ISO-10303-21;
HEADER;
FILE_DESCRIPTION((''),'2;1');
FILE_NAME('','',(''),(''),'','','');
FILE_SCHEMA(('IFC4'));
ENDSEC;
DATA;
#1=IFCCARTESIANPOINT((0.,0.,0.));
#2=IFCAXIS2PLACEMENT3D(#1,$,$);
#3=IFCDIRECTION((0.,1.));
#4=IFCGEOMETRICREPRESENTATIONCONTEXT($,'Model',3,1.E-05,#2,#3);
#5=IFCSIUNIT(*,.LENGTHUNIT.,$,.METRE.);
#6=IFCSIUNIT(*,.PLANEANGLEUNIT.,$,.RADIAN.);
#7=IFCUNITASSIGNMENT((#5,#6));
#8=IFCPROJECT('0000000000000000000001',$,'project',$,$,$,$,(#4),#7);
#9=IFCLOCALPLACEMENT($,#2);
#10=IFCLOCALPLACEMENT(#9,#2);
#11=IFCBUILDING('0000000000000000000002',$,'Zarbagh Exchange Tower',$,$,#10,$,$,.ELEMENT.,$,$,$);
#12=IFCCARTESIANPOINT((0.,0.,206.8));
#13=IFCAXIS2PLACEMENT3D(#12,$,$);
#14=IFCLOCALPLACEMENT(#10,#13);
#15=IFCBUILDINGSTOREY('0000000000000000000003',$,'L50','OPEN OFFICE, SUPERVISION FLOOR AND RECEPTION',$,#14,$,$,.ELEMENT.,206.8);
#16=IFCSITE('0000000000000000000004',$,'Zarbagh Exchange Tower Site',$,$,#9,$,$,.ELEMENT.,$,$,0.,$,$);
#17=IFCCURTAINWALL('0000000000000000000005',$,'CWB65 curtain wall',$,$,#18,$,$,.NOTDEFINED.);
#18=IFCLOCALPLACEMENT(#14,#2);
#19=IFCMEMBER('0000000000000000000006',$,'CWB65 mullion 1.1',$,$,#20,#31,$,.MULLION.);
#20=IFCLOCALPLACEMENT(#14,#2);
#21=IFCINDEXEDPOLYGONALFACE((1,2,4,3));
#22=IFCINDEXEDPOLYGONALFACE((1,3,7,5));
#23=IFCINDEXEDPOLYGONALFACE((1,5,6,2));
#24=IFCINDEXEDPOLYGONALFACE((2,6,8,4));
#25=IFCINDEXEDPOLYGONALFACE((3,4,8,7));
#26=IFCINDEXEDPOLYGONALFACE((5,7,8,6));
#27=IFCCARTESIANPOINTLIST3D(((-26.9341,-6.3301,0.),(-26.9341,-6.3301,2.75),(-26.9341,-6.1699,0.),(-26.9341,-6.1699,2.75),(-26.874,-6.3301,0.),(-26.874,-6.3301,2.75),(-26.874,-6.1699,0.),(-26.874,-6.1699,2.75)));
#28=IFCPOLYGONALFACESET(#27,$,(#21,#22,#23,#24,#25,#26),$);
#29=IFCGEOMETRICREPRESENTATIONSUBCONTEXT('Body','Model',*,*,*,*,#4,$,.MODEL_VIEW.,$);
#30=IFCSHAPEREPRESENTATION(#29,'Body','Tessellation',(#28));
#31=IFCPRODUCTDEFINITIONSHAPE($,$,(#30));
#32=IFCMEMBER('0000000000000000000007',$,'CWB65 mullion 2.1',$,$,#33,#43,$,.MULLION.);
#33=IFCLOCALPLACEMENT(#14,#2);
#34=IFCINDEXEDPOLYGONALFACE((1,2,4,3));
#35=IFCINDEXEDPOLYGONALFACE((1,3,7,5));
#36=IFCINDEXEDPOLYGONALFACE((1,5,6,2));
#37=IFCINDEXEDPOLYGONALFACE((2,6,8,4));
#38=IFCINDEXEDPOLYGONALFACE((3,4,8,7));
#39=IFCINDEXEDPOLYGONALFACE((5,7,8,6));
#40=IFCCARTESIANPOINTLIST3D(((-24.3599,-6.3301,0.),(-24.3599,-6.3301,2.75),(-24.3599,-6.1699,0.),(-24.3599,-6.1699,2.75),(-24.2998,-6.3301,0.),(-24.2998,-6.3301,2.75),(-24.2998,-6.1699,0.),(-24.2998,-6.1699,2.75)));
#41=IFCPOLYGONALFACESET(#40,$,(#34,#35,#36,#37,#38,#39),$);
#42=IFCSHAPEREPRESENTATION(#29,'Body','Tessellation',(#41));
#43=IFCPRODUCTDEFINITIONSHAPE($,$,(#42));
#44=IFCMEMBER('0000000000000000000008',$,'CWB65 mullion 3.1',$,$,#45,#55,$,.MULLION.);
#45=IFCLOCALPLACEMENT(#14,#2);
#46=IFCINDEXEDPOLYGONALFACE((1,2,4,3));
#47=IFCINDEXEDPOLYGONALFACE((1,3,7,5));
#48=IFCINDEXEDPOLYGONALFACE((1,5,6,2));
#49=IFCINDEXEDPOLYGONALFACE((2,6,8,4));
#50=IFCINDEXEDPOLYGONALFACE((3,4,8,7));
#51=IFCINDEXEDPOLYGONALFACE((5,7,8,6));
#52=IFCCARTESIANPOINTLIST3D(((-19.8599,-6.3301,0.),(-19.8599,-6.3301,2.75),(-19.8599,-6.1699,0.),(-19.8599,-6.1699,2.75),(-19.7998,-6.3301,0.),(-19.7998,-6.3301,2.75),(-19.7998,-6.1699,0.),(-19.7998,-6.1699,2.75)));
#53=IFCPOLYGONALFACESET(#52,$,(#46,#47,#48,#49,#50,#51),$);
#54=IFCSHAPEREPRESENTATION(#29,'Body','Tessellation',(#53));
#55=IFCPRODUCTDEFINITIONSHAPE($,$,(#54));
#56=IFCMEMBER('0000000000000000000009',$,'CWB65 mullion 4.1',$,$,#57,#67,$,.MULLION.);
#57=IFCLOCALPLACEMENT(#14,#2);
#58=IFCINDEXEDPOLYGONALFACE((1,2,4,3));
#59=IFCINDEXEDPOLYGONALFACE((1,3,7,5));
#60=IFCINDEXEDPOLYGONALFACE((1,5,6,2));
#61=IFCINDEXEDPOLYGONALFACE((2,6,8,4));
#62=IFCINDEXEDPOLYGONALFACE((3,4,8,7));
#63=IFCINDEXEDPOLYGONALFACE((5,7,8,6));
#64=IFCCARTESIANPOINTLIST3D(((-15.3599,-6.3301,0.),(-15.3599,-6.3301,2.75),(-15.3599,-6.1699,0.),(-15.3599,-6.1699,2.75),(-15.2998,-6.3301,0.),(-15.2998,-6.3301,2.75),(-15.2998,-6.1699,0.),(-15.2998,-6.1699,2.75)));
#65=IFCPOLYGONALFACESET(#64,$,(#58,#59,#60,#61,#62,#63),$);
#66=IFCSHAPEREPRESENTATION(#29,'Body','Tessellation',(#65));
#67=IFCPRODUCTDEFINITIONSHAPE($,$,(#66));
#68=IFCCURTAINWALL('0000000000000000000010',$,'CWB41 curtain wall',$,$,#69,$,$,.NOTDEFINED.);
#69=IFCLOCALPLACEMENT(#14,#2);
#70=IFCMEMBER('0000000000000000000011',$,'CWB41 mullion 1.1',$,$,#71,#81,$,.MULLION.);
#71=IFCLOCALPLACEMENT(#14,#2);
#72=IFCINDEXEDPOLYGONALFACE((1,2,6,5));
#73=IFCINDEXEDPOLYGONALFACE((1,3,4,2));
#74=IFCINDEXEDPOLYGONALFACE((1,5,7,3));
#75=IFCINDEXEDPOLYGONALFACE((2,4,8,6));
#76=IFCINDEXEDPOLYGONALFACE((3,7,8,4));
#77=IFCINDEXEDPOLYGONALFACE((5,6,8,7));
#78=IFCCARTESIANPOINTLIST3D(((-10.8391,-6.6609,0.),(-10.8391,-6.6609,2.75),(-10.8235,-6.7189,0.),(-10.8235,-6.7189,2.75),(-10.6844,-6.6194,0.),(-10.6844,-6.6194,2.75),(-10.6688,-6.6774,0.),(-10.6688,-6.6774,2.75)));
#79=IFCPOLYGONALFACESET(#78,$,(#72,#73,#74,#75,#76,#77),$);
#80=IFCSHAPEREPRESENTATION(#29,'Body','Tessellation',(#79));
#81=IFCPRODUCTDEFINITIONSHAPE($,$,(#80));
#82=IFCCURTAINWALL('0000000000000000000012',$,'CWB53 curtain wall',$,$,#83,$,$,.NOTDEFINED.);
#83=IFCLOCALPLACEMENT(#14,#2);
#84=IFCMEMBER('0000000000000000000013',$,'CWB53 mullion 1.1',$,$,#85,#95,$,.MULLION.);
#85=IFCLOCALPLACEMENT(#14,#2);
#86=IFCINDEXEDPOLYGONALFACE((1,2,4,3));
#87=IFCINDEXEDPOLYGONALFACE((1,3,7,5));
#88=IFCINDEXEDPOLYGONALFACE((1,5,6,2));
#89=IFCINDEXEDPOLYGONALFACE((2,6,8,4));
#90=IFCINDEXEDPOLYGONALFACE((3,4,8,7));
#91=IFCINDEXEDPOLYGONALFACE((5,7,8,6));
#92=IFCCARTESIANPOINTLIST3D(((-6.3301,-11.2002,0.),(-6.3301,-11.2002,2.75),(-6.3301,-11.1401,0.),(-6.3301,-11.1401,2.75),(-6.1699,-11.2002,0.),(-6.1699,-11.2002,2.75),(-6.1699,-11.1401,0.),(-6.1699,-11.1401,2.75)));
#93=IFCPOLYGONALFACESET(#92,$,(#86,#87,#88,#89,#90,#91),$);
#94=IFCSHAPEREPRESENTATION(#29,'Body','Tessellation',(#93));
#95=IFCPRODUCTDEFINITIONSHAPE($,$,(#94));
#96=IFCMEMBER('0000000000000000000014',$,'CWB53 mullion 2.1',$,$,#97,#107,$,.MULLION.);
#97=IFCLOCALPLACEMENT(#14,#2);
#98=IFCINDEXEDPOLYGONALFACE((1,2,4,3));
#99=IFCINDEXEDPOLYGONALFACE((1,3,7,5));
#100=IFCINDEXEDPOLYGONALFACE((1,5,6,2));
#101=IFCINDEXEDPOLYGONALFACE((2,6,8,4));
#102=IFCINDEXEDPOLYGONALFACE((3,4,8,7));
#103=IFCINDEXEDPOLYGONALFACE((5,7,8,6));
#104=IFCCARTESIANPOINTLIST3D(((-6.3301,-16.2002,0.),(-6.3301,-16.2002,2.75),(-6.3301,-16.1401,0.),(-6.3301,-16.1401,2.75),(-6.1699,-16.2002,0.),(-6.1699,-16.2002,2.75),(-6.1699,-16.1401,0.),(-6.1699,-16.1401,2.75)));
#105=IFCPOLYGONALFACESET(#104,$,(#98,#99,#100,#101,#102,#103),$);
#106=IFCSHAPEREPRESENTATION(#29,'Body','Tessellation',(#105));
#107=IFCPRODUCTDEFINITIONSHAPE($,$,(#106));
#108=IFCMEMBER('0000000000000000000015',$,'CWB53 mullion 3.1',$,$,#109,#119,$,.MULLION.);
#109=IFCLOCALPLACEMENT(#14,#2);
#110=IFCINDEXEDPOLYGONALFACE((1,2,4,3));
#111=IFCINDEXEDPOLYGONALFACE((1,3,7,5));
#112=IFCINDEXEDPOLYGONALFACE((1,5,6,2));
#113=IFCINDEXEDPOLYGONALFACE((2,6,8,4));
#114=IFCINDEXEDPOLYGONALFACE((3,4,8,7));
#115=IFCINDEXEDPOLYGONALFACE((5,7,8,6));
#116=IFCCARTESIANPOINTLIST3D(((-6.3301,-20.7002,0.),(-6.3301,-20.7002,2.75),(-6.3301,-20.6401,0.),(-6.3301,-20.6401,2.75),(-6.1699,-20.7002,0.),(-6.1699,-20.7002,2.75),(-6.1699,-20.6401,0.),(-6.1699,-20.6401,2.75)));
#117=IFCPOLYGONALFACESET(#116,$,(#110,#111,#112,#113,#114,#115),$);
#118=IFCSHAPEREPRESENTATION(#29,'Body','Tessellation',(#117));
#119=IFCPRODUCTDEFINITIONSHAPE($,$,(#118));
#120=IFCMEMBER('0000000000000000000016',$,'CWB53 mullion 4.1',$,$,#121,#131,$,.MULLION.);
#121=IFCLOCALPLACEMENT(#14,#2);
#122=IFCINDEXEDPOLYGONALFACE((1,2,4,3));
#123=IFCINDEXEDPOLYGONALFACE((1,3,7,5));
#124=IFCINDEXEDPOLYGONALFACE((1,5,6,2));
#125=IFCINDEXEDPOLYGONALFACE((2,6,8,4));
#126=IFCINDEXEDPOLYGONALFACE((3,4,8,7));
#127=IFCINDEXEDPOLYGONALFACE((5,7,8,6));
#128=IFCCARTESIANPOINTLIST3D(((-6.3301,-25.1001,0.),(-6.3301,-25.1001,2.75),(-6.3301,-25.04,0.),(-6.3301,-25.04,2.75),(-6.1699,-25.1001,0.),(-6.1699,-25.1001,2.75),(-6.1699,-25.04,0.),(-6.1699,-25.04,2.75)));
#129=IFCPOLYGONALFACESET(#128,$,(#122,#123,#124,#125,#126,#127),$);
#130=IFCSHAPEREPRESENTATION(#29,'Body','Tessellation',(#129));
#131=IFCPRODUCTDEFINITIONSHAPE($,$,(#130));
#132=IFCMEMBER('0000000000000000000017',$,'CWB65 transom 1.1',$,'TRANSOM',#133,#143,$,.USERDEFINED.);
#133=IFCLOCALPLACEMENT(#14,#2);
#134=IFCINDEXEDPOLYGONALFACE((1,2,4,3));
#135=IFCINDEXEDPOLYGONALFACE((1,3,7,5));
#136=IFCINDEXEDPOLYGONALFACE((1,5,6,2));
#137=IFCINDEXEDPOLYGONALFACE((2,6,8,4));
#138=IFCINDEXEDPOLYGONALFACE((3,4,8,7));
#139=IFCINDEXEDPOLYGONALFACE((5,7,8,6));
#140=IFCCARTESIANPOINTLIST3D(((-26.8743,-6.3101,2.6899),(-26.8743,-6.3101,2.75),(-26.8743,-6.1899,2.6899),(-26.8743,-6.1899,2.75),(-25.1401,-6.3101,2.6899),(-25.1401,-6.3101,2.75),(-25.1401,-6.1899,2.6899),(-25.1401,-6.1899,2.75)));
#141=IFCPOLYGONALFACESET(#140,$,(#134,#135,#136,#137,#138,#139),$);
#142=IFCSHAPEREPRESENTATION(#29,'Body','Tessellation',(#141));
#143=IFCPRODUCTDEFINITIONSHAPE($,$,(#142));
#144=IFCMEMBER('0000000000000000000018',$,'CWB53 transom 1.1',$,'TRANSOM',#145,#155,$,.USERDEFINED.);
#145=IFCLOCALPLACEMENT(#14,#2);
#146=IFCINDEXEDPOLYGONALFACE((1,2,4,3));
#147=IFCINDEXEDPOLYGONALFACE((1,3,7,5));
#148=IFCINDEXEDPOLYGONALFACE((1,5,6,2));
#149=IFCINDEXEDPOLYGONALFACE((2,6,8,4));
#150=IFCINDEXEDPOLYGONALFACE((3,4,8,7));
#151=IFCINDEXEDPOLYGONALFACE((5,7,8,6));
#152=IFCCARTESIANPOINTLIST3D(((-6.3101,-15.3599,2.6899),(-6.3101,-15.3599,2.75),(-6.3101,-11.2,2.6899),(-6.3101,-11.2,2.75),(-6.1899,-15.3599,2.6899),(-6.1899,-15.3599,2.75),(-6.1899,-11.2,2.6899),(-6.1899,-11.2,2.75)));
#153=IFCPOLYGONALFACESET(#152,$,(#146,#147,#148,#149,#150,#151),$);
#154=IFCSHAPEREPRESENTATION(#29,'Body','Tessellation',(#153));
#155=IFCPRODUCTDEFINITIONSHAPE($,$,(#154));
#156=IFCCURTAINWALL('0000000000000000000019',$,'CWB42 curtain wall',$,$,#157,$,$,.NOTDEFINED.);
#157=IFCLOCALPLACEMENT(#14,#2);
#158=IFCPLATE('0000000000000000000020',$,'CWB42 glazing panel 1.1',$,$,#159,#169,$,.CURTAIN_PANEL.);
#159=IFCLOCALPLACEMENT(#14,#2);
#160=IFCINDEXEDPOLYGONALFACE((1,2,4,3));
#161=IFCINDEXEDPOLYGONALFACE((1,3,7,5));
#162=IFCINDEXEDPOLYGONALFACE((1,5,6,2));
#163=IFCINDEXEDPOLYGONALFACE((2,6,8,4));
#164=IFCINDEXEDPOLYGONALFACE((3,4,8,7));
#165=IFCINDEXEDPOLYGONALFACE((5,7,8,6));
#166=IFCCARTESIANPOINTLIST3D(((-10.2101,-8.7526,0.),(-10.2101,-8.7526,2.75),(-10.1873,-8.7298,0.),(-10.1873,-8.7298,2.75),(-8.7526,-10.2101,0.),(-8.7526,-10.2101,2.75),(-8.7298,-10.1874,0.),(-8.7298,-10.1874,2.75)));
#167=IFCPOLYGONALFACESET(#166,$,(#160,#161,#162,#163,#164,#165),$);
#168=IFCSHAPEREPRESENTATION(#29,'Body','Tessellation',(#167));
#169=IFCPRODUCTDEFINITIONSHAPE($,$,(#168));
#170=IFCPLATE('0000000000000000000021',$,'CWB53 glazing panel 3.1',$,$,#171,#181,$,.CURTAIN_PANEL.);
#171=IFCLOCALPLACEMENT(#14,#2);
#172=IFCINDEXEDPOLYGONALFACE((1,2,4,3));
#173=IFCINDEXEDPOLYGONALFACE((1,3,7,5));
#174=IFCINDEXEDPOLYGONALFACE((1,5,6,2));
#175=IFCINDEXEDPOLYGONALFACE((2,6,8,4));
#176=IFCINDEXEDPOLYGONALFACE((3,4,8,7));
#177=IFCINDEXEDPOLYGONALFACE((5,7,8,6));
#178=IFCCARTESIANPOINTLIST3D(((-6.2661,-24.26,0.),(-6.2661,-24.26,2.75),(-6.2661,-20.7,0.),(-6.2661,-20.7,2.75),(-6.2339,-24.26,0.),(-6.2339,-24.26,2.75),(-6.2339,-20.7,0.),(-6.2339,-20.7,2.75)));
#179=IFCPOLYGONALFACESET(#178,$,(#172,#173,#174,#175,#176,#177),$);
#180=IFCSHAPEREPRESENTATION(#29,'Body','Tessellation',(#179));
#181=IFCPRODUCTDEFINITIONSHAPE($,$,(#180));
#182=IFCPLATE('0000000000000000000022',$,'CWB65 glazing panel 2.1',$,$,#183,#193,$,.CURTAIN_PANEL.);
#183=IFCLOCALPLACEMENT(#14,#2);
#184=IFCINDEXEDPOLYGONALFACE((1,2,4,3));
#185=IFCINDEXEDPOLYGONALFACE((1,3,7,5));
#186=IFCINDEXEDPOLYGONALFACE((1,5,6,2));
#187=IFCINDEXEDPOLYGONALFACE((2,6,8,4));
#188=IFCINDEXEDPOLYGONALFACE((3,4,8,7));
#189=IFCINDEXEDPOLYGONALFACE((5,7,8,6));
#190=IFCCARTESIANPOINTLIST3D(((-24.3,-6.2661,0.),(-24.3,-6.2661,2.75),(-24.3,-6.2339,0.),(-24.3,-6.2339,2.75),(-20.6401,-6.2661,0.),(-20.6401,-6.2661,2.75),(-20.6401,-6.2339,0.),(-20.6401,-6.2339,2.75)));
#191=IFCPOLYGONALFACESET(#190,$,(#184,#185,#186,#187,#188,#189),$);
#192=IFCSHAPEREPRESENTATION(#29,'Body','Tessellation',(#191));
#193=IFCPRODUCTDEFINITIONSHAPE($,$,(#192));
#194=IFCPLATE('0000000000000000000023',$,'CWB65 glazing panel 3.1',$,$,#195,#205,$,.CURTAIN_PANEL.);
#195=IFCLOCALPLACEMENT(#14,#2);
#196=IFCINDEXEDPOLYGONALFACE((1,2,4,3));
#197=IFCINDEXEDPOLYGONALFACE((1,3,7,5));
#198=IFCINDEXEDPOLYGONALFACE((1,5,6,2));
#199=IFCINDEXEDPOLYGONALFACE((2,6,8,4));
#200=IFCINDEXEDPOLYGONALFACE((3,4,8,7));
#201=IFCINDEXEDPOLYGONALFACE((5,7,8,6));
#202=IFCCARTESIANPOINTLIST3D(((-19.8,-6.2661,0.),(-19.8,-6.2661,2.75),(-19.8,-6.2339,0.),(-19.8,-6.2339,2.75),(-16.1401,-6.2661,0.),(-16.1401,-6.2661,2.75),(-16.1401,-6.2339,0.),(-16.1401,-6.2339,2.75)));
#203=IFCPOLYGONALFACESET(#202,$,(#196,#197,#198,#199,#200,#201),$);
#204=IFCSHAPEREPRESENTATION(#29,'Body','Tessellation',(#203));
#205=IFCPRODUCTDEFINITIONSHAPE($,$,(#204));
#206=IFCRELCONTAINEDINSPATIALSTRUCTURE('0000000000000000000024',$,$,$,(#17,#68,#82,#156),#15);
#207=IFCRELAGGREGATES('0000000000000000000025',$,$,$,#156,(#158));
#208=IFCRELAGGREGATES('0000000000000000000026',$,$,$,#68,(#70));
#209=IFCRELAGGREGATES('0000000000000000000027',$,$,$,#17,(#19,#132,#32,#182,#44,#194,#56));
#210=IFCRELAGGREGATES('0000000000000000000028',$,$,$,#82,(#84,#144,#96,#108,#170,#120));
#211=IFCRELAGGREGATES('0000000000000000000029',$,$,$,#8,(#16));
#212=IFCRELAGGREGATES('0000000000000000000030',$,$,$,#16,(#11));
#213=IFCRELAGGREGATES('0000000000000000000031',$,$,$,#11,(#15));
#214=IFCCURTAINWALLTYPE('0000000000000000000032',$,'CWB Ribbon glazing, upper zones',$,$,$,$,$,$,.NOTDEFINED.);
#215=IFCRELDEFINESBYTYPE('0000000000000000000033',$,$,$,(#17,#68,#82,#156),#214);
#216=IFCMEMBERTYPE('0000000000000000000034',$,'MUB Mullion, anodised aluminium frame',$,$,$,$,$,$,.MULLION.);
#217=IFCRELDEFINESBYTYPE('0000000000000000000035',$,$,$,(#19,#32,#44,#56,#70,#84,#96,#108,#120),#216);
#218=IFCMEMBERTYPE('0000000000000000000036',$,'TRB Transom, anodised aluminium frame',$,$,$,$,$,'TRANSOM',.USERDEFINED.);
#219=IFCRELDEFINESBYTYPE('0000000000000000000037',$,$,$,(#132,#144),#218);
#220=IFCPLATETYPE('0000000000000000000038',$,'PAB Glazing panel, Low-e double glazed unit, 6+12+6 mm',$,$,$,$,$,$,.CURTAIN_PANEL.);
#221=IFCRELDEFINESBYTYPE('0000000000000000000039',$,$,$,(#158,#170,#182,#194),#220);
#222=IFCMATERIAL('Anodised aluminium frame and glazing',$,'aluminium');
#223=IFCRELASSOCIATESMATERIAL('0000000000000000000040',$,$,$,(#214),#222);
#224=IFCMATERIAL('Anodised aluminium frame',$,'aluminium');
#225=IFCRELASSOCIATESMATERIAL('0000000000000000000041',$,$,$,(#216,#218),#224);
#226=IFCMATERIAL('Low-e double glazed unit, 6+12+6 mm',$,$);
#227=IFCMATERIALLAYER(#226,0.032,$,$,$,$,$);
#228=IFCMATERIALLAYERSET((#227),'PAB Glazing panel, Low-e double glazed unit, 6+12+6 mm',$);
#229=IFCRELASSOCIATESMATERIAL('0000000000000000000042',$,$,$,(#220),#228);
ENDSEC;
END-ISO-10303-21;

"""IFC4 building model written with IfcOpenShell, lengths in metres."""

from ifc_helpers import new_model, si_unit, direction, frame, origin, place, context, subcontext, project, spatial, polyline, outline, extrude, source, transform, mapped, material, layer, layer_set, type_object, element, aggregate, save


model = new_model("IFC4")

# Units and contexts
model_context = context("Model", 3, precision=1e-05, world=origin(), true_north=direction((0.0, 1.0)))
body_context = subcontext(model_context, "Body", "Model", "MODEL_VIEW")
ifc_project = project(units=[si_unit("LENGTHUNIT", "METRE"), si_unit("PLANEANGLEUNIT", "RADIAN")], contexts=[model_context])

# Site, building, storey
site_placement = place(None, origin())
site = spatial("IfcSite", under=ifc_project, at=site_placement, Name="Zarbagh Exchange Tower Site", CompositionType="ELEMENT", RefElevation=0.0)
building_placement = place(site_placement, origin())
building = spatial("IfcBuilding", under=site, at=building_placement, Name="Zarbagh Exchange Tower", CompositionType="ELEMENT")
storey_placement = place(building_placement, frame((0.0, 0.0, 206.8)))
storey = spatial("IfcBuildingStorey", under=building, at=storey_placement, Name="L50", Description="OPEN OFFICE, SUPERVISION FLOOR AND RECEPTION", CompositionType="ELEMENT", Elevation=206.8)

# Curtain wall, members
ifc_material_1 = material(Name="Anodised aluminium frame and glazing", Category="aluminium")
curtain_wall_type = type_object("IfcCurtainWallType", Name="CWB Ribbon glazing, upper zones", PredefinedType="NOTDEFINED", material=ifc_material_1)
curtain_wall_1_placement = place(storey_placement, origin())
curtain_wall_1 = element("IfcCurtainWall", 1, at=curtain_wall_1_placement, inside=storey, type_object=curtain_wall_type, Name="CWB65 curtain wall", PredefinedType="NOTDEFINED")
ifc_material_2 = material(Name="Anodised aluminium frame", Category="aluminium")
member_type_1 = type_object("IfcMemberType", Name="MUB Mullion, anodised aluminium frame", PredefinedType="MULLION", material=ifc_material_2)
shared_shape_1 = source(origin(), body_context, "Body", "SweptSolid", [
    extrude(outline(polyline([(0.0, -0.0801), (0.0601, -0.0801), (0.0601, 0.0801), (0.0, 0.0801), (0.0, -0.0801)])), origin(), (0.0, 0.0, 1.0), 2.75),
])
placement = place(storey_placement, origin())
member_1 = element("IfcMember", 2, at=placement, type_object=member_type_1, Name="CWB65 mullion 1.1", PredefinedType="MULLION", context=body_context, shape_type="MappedRepresentation", body=[
    mapped(shared_shape_1, transform((-26.9341, -6.25, 0.0), x_axis=(1.0, 0.0, 0.0), y_axis=(0.0, 1.0, 0.0), z_axis=(0.0, 0.0, 1.0))),
])
member_2 = element("IfcMember", 3, at=placement, type_object=member_type_1, Name="CWB65 mullion 2.1", PredefinedType="MULLION", context=body_context, shape_type="MappedRepresentation", body=[
    mapped(shared_shape_1, transform((-24.3599, -6.25, 0.0), x_axis=(1.0, 0.0, 0.0), y_axis=(0.0, 1.0, 0.0), z_axis=(0.0, 0.0, 1.0))),
])
member_3 = element("IfcMember", 4, at=placement, type_object=member_type_1, Name="CWB65 mullion 3.1", PredefinedType="MULLION", context=body_context, shape_type="MappedRepresentation", body=[
    mapped(shared_shape_1, transform((-19.8599, -6.25, 0.0), x_axis=(1.0, 0.0, 0.0), y_axis=(0.0, 1.0, 0.0), z_axis=(0.0, 0.0, 1.0))),
])
member_4 = element("IfcMember", 5, at=placement, type_object=member_type_1, Name="CWB65 mullion 4.1", PredefinedType="MULLION", context=body_context, shape_type="MappedRepresentation", body=[
    mapped(shared_shape_1, transform((-15.3599, -6.25, 0.0), x_axis=(1.0, 0.0, 0.0), y_axis=(0.0, 1.0, 0.0), z_axis=(0.0, 0.0, 1.0))),
])

# Curtain wall, member
curtain_wall_2_placement = place(storey_placement, origin())
curtain_wall_2 = element("IfcCurtainWall", 6, at=curtain_wall_2_placement, inside=storey, type_object=curtain_wall_type, Name="CWB41 curtain wall", PredefinedType="NOTDEFINED")
member_5 = element("IfcMember", 7, at=placement, type_object=member_type_1, Name="CWB41 mullion 1.1", PredefinedType="MULLION", context=body_context, shape_type="MappedRepresentation", body=[
    mapped(shared_shape_1, transform((-10.7617, -6.6401, 0.0), x_axis=(0.258825, -0.965924, 0.0), y_axis=(0.965924, 0.258825, 0.0), z_axis=(0.0, 0.0, 1.0))),
])

# Curtain wall, members
curtain_wall_3_placement = place(storey_placement, origin())
curtain_wall_3 = element("IfcCurtainWall", 8, at=curtain_wall_3_placement, inside=storey, type_object=curtain_wall_type, Name="CWB53 curtain wall", PredefinedType="NOTDEFINED")
member_6 = element("IfcMember", 9, at=placement, type_object=member_type_1, Name="CWB53 mullion 1.1", PredefinedType="MULLION", context=body_context, shape_type="MappedRepresentation", body=[
    mapped(shared_shape_1, transform((-6.25, -11.1401, 0.0), x_axis=(0.0, -1.0, 0.0), y_axis=(1.0, 0.0, 0.0), z_axis=(0.0, 0.0, 1.0))),
])
member_7 = element("IfcMember", 10, at=placement, type_object=member_type_1, Name="CWB53 mullion 2.1", PredefinedType="MULLION", context=body_context, shape_type="MappedRepresentation", body=[
    mapped(shared_shape_1, transform((-6.25, -16.1401, 0.0), x_axis=(0.0, -1.0, 0.0), y_axis=(1.0, 0.0, 0.0), z_axis=(0.0, 0.0, 1.0))),
])
member_8 = element("IfcMember", 11, at=placement, type_object=member_type_1, Name="CWB53 mullion 3.1", PredefinedType="MULLION", context=body_context, shape_type="MappedRepresentation", body=[
    mapped(shared_shape_1, transform((-6.25, -20.6401, 0.0), x_axis=(0.0, -1.0, 0.0), y_axis=(1.0, 0.0, 0.0), z_axis=(0.0, 0.0, 1.0))),
])
member_9 = element("IfcMember", 12, at=placement, type_object=member_type_1, Name="CWB53 mullion 4.1", PredefinedType="MULLION", context=body_context, shape_type="MappedRepresentation", body=[
    mapped(shared_shape_1, transform((-6.25, -25.04, 0.0), x_axis=(0.0, -1.0, 0.0), y_axis=(1.0, 0.0, 0.0), z_axis=(0.0, 0.0, 1.0))),
])

# Members
member_type_2 = type_object("IfcMemberType", Name="TRB Transom, anodised aluminium frame", ElementType="TRANSOM", PredefinedType="USERDEFINED", material=ifc_material_2)
shared_shape_2 = source(origin(), body_context, "Body", "SweptSolid", [
    extrude(outline(polyline([(-0.0601, -0.0601), (0.0, -0.0601), (0.0, 0.0601), (-0.0601, 0.0601), (-0.0601, -0.0601)])), origin(), (0.0, 0.0, 1.0), 1.7341),
])
member_10 = element("IfcMember", 13, at=placement, type_object=member_type_2, Name="CWB65 transom 1.1", ObjectType="TRANSOM", PredefinedType="USERDEFINED", context=body_context, shape_type="MappedRepresentation", body=[
    mapped(shared_shape_2, transform((-26.8743, -6.25, 2.75), x_axis=(0.0, 0.0, 1.0), y_axis=(0.0, -1.0, 0.0), z_axis=(1.0, 0.0, 0.0))),
])
shared_shape_3 = source(origin(), body_context, "Body", "SweptSolid", [
    extrude(outline(polyline([(-0.0601, -0.0601), (0.0, -0.0601), (0.0, 0.0601), (-0.0601, 0.0601), (-0.0601, -0.0601)])), origin(), (0.0, 0.0, 1.0), 4.1599),
])
member_11 = element("IfcMember", 14, at=placement, type_object=member_type_2, Name="CWB53 transom 1.1", ObjectType="TRANSOM", PredefinedType="USERDEFINED", context=body_context, shape_type="MappedRepresentation", body=[
    mapped(shared_shape_3, transform((-6.25, -11.2, 2.75), x_axis=(0.0, 0.0, 1.0), y_axis=(-1.0, 0.0, 0.0), z_axis=(0.0, -1.0, 0.0))),
])

# Curtain wall, plate
curtain_wall_4_placement = place(storey_placement, origin())
curtain_wall_4 = element("IfcCurtainWall", 15, at=curtain_wall_4_placement, inside=storey, type_object=curtain_wall_type, Name="CWB42 curtain wall", PredefinedType="NOTDEFINED")
ifc_material_3 = material(Name="Low-e double glazed unit, 6+12+6 mm")
ifc_layer = layer(ifc_material_3, 0.032)
ifc_layer_set = layer_set([ifc_layer], Name="PAB Glazing panel, Low-e double glazed unit, 6+12+6 mm")
plate_type = type_object("IfcPlateType", Name="PAB Glazing panel, Low-e double glazed unit, 6+12+6 mm", PredefinedType="CURTAIN_PANEL", material=ifc_layer_set)
shared_shape_4 = source(origin(), body_context, "Body", "SweptSolid", [
    extrude(outline(polyline([(0.0, -0.0161), (2.0613, -0.0161), (2.0613, 0.0161), (0.0, 0.0161), (0.0, -0.0161)])), origin(), (0.0, 0.0, 1.0), 2.75),
])
plate_1 = element("IfcPlate", 16, at=placement, type_object=plate_type, Name="CWB42 glazing panel 1.1", PredefinedType="CURTAIN_PANEL", context=body_context, shape_type="MappedRepresentation", body=[
    mapped(shared_shape_4, transform((-10.1987, -8.7412, 0.0), x_axis=(0.707107, -0.707107, 0.0), y_axis=(0.707107, 0.707107, 0.0), z_axis=(0.0, 0.0, 1.0))),
])
aggregate(curtain_wall_4, [plate_1])

# Plates
shared_shape_5 = source(origin(), body_context, "Body", "SweptSolid", [
    extrude(outline(polyline([(0.0, -0.0161), (3.5601, -0.0161), (3.5601, 0.0161), (0.0, 0.0161), (0.0, -0.0161)])), origin(), (0.0, 0.0, 1.0), 2.75),
])
plate_2 = element("IfcPlate", 17, at=placement, type_object=plate_type, Name="CWB53 glazing panel 3.1", PredefinedType="CURTAIN_PANEL", context=body_context, shape_type="MappedRepresentation", body=[
    mapped(shared_shape_5, transform((-6.25, -20.7, 0.0), x_axis=(0.0, -1.0, 0.0), y_axis=(1.0, 0.0, 0.0), z_axis=(0.0, 0.0, 1.0))),
])
shared_shape_6 = source(origin(), body_context, "Body", "SweptSolid", [
    extrude(outline(polyline([(0.0, -0.0161), (3.6599, -0.0161), (3.6599, 0.0161), (0.0, 0.0161), (0.0, -0.0161)])), origin(), (0.0, 0.0, 1.0), 2.75),
])
plate_3 = element("IfcPlate", 18, at=placement, type_object=plate_type, Name="CWB65 glazing panel 2.1", PredefinedType="CURTAIN_PANEL", context=body_context, shape_type="MappedRepresentation", body=[
    mapped(shared_shape_6, transform((-24.3, -6.25, 0.0), x_axis=(1.0, 0.0, 0.0), y_axis=(0.0, 1.0, 0.0), z_axis=(0.0, 0.0, 1.0))),
])
plate_4 = element("IfcPlate", 19, at=placement, type_object=plate_type, Name="CWB65 glazing panel 3.1", PredefinedType="CURTAIN_PANEL", context=body_context, shape_type="MappedRepresentation", body=[
    mapped(shared_shape_6, transform((-19.8, -6.25, 0.0), x_axis=(1.0, 0.0, 0.0), y_axis=(0.0, 1.0, 0.0), z_axis=(0.0, 0.0, 1.0))),
])
aggregate(curtain_wall_2, [member_5])

aggregate(curtain_wall_1, [member_1, member_10, member_2, plate_3, member_3, plate_4, member_4])
aggregate(curtain_wall_3, [member_6, member_11, member_7, member_8, plate_2, member_9])

save(model, "model.ifc")
